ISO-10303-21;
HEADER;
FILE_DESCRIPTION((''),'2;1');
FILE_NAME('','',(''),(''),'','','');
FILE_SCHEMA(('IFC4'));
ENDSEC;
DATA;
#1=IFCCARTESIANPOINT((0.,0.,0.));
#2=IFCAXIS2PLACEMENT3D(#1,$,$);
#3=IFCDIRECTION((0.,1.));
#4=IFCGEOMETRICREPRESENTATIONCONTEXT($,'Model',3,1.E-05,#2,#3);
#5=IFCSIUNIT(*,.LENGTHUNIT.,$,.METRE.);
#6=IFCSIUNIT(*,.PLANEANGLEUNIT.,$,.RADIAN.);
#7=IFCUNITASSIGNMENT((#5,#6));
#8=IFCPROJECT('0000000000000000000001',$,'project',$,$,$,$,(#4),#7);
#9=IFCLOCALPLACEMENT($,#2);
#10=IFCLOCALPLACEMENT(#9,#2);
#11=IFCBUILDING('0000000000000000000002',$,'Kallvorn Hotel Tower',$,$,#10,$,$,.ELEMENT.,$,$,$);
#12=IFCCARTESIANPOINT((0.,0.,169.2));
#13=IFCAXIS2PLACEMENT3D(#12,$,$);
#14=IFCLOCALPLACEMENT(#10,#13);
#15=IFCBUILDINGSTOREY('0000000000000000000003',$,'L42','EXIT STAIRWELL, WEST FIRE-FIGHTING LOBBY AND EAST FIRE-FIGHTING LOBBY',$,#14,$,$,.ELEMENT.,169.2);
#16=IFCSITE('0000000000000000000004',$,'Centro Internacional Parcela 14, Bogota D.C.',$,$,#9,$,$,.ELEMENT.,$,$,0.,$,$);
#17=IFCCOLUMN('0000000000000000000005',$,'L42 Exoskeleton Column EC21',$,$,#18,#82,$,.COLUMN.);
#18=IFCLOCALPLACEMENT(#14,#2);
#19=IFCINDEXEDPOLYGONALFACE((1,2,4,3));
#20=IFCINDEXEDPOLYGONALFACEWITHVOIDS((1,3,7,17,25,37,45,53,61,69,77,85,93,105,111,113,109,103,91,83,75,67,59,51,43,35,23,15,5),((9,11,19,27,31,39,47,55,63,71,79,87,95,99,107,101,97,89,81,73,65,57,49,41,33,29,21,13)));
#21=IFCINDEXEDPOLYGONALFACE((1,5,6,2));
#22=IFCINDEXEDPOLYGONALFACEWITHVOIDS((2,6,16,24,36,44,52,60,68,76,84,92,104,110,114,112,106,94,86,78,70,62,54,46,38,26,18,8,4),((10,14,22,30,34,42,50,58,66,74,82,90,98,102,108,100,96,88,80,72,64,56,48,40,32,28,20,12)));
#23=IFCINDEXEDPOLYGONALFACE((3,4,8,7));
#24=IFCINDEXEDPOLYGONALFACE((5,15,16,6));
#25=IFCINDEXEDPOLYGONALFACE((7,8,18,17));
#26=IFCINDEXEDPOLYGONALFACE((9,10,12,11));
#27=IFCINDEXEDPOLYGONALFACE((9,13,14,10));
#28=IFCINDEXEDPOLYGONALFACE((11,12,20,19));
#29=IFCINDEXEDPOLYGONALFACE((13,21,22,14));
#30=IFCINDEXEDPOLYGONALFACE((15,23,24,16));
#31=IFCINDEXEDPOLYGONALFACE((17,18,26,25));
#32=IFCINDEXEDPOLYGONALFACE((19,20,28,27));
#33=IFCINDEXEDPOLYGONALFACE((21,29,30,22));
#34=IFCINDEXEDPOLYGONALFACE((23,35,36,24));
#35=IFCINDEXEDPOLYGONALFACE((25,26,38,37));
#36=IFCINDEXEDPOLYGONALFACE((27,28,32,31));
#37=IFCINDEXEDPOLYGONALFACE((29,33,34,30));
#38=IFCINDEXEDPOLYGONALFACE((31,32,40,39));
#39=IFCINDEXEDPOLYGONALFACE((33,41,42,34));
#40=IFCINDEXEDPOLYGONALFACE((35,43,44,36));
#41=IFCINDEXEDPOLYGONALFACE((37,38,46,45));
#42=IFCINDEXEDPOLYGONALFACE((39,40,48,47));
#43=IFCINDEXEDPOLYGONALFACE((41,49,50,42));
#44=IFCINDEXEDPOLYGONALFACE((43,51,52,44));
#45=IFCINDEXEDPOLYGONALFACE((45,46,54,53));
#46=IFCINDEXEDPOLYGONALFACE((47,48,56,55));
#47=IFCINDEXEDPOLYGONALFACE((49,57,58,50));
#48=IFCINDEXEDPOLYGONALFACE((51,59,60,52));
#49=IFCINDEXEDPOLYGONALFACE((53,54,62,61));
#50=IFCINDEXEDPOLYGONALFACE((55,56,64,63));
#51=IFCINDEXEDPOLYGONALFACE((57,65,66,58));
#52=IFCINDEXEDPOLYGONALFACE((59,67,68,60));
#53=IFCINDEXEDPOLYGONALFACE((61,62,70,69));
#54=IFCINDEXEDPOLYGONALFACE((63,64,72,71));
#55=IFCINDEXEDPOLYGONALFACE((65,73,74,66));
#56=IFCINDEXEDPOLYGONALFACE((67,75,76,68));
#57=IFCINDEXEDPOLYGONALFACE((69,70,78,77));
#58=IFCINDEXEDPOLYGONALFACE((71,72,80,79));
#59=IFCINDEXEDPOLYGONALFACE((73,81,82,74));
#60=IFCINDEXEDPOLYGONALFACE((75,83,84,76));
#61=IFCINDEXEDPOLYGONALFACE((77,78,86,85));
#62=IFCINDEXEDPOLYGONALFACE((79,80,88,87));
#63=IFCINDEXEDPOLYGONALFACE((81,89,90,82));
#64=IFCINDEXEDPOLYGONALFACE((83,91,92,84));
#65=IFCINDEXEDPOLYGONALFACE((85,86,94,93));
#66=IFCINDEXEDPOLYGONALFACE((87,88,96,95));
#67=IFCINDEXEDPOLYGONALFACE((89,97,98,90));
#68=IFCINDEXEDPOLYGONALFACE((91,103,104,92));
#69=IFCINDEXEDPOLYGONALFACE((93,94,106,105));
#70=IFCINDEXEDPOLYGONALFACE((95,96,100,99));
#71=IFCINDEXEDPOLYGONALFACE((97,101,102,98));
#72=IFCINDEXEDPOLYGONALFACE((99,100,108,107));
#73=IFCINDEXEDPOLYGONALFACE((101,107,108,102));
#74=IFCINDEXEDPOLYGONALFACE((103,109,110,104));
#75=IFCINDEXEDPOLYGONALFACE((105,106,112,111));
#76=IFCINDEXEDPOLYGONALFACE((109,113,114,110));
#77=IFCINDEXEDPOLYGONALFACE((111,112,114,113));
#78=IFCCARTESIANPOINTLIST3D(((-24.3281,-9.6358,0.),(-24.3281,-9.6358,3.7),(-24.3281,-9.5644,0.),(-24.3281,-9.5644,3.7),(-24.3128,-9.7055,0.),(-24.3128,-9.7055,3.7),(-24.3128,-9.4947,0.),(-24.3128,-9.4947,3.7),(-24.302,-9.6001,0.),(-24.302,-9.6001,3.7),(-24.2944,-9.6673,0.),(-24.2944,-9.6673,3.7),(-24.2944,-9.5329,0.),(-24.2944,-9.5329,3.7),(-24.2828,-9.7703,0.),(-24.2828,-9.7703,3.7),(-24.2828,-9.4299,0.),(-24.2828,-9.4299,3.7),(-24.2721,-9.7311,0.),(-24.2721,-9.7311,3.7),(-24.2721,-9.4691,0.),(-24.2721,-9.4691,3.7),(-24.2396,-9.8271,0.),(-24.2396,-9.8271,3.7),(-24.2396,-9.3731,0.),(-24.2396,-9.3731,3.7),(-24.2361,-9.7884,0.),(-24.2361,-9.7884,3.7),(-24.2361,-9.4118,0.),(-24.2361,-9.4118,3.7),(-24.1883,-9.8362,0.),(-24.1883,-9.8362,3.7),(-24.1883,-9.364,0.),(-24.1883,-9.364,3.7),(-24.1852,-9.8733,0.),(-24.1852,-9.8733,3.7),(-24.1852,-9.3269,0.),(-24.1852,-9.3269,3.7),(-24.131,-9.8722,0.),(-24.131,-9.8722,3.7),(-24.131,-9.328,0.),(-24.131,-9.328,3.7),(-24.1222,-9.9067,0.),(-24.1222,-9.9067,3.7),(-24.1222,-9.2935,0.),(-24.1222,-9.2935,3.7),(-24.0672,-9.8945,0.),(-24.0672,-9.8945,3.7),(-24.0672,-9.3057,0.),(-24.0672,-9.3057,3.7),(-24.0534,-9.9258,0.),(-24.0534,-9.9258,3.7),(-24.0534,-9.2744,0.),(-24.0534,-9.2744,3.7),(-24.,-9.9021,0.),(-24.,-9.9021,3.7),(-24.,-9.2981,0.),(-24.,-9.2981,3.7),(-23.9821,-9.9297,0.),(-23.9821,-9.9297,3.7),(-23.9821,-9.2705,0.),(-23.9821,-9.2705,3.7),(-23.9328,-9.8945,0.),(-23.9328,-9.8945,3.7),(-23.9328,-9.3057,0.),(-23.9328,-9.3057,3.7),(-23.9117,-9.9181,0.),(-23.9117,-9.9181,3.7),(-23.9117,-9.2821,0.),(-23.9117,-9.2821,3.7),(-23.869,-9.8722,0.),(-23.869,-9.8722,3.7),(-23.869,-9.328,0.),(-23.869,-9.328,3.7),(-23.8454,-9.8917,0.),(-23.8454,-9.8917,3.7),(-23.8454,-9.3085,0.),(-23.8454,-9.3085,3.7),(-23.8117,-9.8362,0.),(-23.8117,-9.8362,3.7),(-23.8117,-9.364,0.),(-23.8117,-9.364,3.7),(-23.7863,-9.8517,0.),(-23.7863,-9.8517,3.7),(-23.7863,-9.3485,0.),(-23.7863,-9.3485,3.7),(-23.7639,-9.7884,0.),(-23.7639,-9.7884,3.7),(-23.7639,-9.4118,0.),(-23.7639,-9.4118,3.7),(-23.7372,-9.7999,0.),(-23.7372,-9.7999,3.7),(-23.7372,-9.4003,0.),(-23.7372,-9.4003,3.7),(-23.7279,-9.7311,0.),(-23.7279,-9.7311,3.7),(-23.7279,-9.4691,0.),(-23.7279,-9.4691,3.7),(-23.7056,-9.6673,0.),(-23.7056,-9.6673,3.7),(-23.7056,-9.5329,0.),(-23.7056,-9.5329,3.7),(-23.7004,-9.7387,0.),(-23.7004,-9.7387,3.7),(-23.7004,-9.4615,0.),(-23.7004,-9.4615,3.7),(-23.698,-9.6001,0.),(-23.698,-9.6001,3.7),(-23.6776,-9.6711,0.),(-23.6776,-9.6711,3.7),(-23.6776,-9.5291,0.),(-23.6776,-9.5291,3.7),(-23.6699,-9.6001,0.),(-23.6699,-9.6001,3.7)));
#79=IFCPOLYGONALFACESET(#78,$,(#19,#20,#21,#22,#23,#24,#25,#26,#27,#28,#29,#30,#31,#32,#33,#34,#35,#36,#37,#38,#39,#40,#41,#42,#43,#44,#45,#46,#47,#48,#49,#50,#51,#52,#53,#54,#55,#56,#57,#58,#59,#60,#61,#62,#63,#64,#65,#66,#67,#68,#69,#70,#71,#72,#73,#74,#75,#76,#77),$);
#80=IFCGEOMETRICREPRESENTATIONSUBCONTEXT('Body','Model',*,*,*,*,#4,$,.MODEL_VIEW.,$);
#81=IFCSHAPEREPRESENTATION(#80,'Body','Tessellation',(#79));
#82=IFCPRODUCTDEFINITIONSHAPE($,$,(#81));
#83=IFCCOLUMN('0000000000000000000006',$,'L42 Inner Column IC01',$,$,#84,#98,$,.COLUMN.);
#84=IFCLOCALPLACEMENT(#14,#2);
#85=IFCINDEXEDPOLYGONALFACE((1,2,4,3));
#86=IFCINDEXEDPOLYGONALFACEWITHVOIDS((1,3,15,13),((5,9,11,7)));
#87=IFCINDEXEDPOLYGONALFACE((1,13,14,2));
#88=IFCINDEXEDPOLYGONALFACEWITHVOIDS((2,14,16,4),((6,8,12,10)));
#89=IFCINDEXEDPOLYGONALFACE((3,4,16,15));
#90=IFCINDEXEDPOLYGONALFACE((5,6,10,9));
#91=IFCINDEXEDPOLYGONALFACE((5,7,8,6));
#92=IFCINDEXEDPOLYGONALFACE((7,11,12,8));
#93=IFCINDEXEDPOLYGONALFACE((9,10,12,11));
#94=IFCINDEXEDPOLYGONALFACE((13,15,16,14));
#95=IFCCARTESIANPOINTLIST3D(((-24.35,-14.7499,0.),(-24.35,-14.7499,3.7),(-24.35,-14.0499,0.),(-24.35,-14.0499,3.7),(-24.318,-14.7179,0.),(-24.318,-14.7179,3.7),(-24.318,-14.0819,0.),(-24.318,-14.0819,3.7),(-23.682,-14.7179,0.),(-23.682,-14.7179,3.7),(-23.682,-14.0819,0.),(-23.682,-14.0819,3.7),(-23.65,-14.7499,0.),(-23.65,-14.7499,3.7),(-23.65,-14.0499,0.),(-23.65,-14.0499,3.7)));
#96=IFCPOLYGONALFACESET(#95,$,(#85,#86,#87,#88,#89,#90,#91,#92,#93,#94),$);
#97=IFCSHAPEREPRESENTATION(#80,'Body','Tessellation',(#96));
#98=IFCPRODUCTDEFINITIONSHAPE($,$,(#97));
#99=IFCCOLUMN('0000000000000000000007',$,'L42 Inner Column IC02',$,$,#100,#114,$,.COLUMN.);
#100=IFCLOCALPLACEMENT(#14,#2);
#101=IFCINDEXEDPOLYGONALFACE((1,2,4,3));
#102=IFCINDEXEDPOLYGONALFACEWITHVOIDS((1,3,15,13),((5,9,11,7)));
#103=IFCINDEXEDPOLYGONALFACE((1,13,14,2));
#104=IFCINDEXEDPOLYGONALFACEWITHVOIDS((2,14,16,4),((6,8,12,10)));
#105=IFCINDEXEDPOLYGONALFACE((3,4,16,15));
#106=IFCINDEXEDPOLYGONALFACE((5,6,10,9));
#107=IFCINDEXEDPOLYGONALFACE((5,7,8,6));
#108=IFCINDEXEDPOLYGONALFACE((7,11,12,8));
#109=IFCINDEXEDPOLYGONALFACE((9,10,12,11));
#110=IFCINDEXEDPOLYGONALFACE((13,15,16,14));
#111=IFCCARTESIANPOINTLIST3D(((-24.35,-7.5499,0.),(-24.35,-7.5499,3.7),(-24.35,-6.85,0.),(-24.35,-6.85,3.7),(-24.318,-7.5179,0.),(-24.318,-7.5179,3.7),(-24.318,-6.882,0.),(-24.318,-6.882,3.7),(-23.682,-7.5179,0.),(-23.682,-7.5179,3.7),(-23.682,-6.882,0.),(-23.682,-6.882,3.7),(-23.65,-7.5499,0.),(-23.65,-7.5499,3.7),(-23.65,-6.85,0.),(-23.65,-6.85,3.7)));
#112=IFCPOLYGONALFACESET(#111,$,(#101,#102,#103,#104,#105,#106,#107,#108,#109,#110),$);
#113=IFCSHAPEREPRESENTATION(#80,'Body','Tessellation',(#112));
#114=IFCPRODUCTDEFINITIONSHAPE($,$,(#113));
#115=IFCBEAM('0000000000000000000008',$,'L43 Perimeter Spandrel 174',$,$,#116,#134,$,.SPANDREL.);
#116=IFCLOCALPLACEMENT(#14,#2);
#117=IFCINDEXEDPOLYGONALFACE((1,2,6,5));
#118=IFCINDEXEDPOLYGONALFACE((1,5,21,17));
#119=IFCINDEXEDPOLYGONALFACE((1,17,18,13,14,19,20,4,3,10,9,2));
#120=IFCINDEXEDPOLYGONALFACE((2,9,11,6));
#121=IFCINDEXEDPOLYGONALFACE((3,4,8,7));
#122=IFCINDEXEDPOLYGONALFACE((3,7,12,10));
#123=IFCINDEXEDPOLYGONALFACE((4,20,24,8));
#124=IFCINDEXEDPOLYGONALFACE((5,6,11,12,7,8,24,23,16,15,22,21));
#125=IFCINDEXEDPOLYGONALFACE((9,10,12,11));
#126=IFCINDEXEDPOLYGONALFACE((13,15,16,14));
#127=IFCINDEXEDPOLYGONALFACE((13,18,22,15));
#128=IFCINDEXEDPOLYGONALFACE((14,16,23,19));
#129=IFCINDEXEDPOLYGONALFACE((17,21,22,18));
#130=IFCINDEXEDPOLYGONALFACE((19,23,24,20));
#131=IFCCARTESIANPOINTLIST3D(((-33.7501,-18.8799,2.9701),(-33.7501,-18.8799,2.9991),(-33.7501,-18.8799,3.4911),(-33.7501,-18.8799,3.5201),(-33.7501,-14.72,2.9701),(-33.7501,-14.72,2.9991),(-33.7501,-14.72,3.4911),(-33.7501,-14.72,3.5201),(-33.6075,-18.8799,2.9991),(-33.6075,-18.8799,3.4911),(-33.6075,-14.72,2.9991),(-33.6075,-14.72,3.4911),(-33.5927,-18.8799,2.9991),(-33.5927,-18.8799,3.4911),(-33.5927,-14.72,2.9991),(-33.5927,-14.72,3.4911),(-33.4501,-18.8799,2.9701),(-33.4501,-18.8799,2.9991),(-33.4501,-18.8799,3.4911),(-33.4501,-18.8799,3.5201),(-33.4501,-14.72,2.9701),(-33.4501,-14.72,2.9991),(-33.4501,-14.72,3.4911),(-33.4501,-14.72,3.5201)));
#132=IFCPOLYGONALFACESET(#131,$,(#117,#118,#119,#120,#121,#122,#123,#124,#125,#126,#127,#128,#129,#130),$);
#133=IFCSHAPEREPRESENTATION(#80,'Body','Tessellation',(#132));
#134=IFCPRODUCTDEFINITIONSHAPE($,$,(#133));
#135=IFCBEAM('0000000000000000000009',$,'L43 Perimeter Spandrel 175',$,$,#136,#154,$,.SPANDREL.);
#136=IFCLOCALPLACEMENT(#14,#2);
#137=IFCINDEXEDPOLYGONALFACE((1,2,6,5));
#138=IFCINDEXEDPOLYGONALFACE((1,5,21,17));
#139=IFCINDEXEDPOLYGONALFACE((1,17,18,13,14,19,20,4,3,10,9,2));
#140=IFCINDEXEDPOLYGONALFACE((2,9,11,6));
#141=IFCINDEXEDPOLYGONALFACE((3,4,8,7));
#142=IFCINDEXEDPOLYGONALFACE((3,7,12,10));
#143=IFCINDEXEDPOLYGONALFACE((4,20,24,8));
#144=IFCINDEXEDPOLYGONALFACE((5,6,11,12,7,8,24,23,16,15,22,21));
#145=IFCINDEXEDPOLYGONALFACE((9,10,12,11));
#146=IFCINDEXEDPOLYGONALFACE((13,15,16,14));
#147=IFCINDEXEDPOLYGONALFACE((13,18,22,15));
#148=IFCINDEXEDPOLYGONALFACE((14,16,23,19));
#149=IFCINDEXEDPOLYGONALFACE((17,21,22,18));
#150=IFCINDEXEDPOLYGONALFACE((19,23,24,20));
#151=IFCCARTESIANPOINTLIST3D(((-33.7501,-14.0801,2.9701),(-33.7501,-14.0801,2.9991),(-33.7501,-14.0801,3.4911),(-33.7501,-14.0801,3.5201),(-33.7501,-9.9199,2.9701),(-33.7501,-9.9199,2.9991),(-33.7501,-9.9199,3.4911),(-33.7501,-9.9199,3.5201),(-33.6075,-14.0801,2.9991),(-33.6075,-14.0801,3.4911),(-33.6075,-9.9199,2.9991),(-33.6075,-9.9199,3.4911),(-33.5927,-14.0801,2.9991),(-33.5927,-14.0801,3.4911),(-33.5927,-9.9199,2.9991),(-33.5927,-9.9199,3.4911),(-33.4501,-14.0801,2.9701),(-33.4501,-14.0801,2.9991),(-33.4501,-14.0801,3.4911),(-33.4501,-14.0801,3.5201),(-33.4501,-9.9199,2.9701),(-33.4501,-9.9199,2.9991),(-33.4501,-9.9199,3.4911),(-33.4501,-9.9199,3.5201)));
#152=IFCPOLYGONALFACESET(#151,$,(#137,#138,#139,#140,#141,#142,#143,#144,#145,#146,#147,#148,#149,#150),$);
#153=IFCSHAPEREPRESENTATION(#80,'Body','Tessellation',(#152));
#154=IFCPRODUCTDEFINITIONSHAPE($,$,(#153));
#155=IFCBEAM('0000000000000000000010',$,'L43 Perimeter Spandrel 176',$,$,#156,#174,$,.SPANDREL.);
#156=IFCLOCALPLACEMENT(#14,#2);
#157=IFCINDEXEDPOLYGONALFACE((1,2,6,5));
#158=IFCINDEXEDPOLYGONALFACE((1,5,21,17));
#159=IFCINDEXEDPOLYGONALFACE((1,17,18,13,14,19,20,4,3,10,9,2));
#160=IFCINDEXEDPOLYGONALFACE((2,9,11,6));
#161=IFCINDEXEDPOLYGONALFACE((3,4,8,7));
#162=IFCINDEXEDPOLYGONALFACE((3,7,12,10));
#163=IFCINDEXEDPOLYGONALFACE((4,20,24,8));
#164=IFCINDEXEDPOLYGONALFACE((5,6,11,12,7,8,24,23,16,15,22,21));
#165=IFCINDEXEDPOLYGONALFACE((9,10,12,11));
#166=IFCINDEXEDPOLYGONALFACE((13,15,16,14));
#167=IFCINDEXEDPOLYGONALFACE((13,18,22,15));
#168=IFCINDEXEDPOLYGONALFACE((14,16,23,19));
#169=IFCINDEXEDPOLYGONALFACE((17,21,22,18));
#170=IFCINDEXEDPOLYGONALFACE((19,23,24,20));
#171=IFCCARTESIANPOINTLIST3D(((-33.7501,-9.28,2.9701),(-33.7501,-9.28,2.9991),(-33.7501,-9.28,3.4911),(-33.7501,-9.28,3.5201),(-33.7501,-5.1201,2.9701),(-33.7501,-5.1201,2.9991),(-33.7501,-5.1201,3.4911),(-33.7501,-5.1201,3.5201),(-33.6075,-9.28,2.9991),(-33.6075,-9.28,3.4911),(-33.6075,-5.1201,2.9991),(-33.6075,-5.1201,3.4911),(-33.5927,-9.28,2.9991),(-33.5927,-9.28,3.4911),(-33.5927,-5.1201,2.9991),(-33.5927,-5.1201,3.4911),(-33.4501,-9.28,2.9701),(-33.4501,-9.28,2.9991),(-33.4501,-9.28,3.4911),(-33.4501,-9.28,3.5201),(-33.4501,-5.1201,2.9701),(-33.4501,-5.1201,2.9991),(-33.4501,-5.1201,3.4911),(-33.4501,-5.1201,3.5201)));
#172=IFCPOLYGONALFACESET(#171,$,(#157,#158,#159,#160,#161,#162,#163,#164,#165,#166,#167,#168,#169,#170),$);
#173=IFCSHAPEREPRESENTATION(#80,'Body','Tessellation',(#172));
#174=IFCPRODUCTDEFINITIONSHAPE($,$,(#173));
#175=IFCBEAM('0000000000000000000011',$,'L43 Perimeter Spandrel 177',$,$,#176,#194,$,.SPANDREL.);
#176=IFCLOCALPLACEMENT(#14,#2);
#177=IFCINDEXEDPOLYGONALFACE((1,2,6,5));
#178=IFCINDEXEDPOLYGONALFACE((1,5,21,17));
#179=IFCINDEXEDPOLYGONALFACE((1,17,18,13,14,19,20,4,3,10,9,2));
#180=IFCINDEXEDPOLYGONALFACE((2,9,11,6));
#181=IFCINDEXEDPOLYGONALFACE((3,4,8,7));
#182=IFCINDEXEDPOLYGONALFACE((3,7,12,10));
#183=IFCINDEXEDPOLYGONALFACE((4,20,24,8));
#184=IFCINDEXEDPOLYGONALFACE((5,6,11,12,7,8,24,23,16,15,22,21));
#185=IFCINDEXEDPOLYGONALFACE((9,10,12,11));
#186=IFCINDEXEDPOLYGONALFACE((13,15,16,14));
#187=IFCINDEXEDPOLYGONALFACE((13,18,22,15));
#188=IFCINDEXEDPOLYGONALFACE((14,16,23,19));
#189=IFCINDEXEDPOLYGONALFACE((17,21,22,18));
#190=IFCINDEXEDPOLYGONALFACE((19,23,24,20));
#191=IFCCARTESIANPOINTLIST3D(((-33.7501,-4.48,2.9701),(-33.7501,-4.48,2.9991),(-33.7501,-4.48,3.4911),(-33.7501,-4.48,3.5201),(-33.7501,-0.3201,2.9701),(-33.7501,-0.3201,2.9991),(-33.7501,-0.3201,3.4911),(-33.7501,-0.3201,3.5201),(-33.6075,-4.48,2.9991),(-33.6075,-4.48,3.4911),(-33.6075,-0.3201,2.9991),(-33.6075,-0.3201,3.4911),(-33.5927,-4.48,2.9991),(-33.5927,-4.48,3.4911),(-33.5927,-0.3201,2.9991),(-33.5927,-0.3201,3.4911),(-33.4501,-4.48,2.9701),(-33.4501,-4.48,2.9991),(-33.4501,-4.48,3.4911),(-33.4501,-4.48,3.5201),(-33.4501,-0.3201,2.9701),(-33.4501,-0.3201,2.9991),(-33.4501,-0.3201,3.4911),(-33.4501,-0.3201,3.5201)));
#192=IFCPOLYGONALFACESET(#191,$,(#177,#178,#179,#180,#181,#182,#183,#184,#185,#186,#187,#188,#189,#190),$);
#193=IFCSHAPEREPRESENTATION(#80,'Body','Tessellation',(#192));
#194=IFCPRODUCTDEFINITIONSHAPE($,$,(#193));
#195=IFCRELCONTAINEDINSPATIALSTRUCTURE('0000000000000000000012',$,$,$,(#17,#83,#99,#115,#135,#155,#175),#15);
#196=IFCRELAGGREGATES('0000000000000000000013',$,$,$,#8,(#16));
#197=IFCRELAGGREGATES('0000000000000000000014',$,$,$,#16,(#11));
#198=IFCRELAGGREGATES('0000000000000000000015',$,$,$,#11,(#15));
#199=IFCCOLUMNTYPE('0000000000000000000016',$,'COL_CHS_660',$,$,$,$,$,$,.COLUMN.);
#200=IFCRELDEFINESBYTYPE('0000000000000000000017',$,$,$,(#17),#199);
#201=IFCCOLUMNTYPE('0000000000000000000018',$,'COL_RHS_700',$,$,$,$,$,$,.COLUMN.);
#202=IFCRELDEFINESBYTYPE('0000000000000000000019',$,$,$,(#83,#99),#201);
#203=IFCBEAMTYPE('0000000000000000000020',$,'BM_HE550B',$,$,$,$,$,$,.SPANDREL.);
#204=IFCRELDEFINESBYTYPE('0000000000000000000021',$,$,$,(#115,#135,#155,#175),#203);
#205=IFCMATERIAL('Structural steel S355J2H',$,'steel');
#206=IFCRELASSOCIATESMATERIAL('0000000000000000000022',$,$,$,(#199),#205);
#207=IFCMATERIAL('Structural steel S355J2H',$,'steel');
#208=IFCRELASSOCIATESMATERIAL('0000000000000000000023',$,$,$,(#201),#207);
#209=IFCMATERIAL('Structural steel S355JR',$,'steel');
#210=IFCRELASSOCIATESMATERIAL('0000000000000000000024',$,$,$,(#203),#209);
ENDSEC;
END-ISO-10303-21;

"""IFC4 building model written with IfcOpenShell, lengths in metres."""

from ifc_helpers import new_model, si_unit, direction, frame, origin, origin_2d, place, context, subcontext, project, spatial, hollow_rectangle, hollow_circle, i_section, extrude, material, material_profile, profile_set, type_object, element, save


model = new_model("IFC4")

# Units and contexts
model_context = context("Model", 3, precision=1e-05, world=origin(), true_north=direction((0.0, 1.0)))
body_context = subcontext(model_context, "Body", "Model", "MODEL_VIEW")
ifc_project = project(units=[si_unit("LENGTHUNIT", "METRE"), si_unit("PLANEANGLEUNIT", "RADIAN")], contexts=[model_context])

# Site, building, storey
site_placement = place(None, origin())
site = spatial("IfcSite", under=ifc_project, at=site_placement, Name="Centro Internacional Parcela 14, Bogota D.C.", CompositionType="ELEMENT", RefElevation=0.0)
building_placement = place(site_placement, origin())
building = spatial("IfcBuilding", under=site, at=building_placement, Name="Kallvorn Hotel Tower", CompositionType="ELEMENT")
storey_placement = place(building_placement, frame((0.0, 0.0, 169.2)))
storey = spatial("IfcBuildingStorey", under=building, at=storey_placement, Name="L42", Description="EXIT STAIRWELL, WEST FIRE-FIGHTING LOBBY AND EAST FIRE-FIGHTING LOBBY", CompositionType="ELEMENT", Elevation=169.2)

# Columns
ifc_material_1 = material(Name="Structural steel S355J2H", Category="steel")
ifc_material_profile_1 = material_profile(ifc_material_1, hollow_circle(Radius=0.3301, WallThickness=0.0281, at=origin_2d()), Name="CHS 660x28")
ifc_profile_set_1 = profile_set([ifc_material_profile_1], Name="Structural steel S355J2H")
column_type_1 = type_object("IfcColumnType", Name="COL_CHS_660", PredefinedType="COLUMN", material=ifc_profile_set_1)
for number, where, z_axis, x_axis, name in (
    (1, (-24.0, -9.6001, 0.0), (0.0, 0.0, 1.0), (1.0, 0.0, 0.0), "L42 Exoskeleton Column EC21"),
):
    element("IfcColumn", number, at=place(storey_placement, frame(where, z_axis=z_axis, x_axis=x_axis)), inside=storey, type_object=column_type_1, Name=name, PredefinedType="COLUMN", context=body_context, shape_type="SweptSolid", body=[
        extrude(hollow_circle(Radius=0.3301, WallThickness=0.0281, at=origin_2d()), origin(), (0.0, 0.0, 1.0), 3.7),
    ])
ifc_material_2 = material(Name="Structural steel S355J2H", Category="steel")
ifc_material_profile_2 = material_profile(ifc_material_2, hollow_rectangle(XDim=0.7, YDim=0.7, WallThickness=0.032, at=origin_2d()), Name="RHS 700x700x32")
ifc_profile_set_2 = profile_set([ifc_material_profile_2], Name="Structural steel S355J2H")
column_type_2 = type_object("IfcColumnType", Name="COL_RHS_700", PredefinedType="COLUMN", material=ifc_profile_set_2)
for number, where, z_axis, x_axis, name in (
    (2, (-24.0, -14.3999, 0.0), (0.0, 0.0, 1.0), (1.0, 0.0, 0.0), "L42 Inner Column IC01"),
    (3, (-24.0, -7.2, 0.0), (0.0, 0.0, 1.0), (1.0, 0.0, 0.0), "L42 Inner Column IC02"),
):
    element("IfcColumn", number, at=place(storey_placement, frame(where, z_axis=z_axis, x_axis=x_axis)), inside=storey, type_object=column_type_2, Name=name, PredefinedType="COLUMN", context=body_context, shape_type="SweptSolid", body=[
        extrude(hollow_rectangle(XDim=0.7, YDim=0.7, WallThickness=0.032, at=origin_2d()), origin(), (0.0, 0.0, 1.0), 3.7),
    ])

# Beams
ifc_material_3 = material(Name="Structural steel S355JR", Category="steel")
ifc_material_profile_3 = material_profile(ifc_material_3, i_section(OverallWidth=0.3, OverallDepth=0.55, WebThickness=0.0149, FlangeThickness=0.0291, at=origin_2d()), Name="HE 550 B")
ifc_profile_set_3 = profile_set([ifc_material_profile_3], Name="Structural steel S355JR")
beam_type_1 = type_object("IfcBeamType", Name="BM_HE550B", PredefinedType="SPANDREL", material=ifc_profile_set_3)
beam_1_placement = place(storey_placement, frame((-33.6001, -18.8799, 3.2451), z_axis=(0.0, 1.0, 0.0), x_axis=(-1.0, 0.0, 0.0)))
element("IfcBeam", 4, at=beam_1_placement, inside=storey, type_object=beam_type_1, Name="L43 Perimeter Spandrel 174", PredefinedType="SPANDREL", context=body_context, shape_type="SweptSolid", body=[
    extrude(i_section(OverallWidth=0.3, OverallDepth=0.55, WebThickness=0.0149, FlangeThickness=0.0291, at=origin_2d()), origin(), (0.0, 0.0, 1.0), 4.1599),
])
beam_2_placement = place(storey_placement, frame((-33.6001, -14.0801, 3.2451), z_axis=(0.0, 1.0, 0.0), x_axis=(-1.0, 0.0, 0.0)))
element("IfcBeam", 5, at=beam_2_placement, inside=storey, type_object=beam_type_1, Name="L43 Perimeter Spandrel 175", PredefinedType="SPANDREL", context=body_context, shape_type="SweptSolid", body=[
    extrude(i_section(OverallWidth=0.3, OverallDepth=0.55, WebThickness=0.0149, FlangeThickness=0.0291, at=origin_2d()), origin(), (0.0, 0.0, 1.0), 4.1602),
])
for number, where, z_axis, x_axis, name in (
    (6, (-33.6001, -9.28, 3.2451), (0.0, 1.0, 0.0), (-1.0, 0.0, 0.0), "L43 Perimeter Spandrel 176"),
    (7, (-33.6001, -4.48, 3.2451), (0.0, 1.0, 0.0), (-1.0, 0.0, 0.0), "L43 Perimeter Spandrel 177"),
):
    element("IfcBeam", number, at=place(storey_placement, frame(where, z_axis=z_axis, x_axis=x_axis)), inside=storey, type_object=beam_type_1, Name=name, PredefinedType="SPANDREL", context=body_context, shape_type="SweptSolid", body=[
        extrude(i_section(OverallWidth=0.3, OverallDepth=0.55, WebThickness=0.0149, FlangeThickness=0.0291, at=origin_2d()), origin(), (0.0, 0.0, 1.0), 4.1599),
    ])

save(model, "model.ifc")
